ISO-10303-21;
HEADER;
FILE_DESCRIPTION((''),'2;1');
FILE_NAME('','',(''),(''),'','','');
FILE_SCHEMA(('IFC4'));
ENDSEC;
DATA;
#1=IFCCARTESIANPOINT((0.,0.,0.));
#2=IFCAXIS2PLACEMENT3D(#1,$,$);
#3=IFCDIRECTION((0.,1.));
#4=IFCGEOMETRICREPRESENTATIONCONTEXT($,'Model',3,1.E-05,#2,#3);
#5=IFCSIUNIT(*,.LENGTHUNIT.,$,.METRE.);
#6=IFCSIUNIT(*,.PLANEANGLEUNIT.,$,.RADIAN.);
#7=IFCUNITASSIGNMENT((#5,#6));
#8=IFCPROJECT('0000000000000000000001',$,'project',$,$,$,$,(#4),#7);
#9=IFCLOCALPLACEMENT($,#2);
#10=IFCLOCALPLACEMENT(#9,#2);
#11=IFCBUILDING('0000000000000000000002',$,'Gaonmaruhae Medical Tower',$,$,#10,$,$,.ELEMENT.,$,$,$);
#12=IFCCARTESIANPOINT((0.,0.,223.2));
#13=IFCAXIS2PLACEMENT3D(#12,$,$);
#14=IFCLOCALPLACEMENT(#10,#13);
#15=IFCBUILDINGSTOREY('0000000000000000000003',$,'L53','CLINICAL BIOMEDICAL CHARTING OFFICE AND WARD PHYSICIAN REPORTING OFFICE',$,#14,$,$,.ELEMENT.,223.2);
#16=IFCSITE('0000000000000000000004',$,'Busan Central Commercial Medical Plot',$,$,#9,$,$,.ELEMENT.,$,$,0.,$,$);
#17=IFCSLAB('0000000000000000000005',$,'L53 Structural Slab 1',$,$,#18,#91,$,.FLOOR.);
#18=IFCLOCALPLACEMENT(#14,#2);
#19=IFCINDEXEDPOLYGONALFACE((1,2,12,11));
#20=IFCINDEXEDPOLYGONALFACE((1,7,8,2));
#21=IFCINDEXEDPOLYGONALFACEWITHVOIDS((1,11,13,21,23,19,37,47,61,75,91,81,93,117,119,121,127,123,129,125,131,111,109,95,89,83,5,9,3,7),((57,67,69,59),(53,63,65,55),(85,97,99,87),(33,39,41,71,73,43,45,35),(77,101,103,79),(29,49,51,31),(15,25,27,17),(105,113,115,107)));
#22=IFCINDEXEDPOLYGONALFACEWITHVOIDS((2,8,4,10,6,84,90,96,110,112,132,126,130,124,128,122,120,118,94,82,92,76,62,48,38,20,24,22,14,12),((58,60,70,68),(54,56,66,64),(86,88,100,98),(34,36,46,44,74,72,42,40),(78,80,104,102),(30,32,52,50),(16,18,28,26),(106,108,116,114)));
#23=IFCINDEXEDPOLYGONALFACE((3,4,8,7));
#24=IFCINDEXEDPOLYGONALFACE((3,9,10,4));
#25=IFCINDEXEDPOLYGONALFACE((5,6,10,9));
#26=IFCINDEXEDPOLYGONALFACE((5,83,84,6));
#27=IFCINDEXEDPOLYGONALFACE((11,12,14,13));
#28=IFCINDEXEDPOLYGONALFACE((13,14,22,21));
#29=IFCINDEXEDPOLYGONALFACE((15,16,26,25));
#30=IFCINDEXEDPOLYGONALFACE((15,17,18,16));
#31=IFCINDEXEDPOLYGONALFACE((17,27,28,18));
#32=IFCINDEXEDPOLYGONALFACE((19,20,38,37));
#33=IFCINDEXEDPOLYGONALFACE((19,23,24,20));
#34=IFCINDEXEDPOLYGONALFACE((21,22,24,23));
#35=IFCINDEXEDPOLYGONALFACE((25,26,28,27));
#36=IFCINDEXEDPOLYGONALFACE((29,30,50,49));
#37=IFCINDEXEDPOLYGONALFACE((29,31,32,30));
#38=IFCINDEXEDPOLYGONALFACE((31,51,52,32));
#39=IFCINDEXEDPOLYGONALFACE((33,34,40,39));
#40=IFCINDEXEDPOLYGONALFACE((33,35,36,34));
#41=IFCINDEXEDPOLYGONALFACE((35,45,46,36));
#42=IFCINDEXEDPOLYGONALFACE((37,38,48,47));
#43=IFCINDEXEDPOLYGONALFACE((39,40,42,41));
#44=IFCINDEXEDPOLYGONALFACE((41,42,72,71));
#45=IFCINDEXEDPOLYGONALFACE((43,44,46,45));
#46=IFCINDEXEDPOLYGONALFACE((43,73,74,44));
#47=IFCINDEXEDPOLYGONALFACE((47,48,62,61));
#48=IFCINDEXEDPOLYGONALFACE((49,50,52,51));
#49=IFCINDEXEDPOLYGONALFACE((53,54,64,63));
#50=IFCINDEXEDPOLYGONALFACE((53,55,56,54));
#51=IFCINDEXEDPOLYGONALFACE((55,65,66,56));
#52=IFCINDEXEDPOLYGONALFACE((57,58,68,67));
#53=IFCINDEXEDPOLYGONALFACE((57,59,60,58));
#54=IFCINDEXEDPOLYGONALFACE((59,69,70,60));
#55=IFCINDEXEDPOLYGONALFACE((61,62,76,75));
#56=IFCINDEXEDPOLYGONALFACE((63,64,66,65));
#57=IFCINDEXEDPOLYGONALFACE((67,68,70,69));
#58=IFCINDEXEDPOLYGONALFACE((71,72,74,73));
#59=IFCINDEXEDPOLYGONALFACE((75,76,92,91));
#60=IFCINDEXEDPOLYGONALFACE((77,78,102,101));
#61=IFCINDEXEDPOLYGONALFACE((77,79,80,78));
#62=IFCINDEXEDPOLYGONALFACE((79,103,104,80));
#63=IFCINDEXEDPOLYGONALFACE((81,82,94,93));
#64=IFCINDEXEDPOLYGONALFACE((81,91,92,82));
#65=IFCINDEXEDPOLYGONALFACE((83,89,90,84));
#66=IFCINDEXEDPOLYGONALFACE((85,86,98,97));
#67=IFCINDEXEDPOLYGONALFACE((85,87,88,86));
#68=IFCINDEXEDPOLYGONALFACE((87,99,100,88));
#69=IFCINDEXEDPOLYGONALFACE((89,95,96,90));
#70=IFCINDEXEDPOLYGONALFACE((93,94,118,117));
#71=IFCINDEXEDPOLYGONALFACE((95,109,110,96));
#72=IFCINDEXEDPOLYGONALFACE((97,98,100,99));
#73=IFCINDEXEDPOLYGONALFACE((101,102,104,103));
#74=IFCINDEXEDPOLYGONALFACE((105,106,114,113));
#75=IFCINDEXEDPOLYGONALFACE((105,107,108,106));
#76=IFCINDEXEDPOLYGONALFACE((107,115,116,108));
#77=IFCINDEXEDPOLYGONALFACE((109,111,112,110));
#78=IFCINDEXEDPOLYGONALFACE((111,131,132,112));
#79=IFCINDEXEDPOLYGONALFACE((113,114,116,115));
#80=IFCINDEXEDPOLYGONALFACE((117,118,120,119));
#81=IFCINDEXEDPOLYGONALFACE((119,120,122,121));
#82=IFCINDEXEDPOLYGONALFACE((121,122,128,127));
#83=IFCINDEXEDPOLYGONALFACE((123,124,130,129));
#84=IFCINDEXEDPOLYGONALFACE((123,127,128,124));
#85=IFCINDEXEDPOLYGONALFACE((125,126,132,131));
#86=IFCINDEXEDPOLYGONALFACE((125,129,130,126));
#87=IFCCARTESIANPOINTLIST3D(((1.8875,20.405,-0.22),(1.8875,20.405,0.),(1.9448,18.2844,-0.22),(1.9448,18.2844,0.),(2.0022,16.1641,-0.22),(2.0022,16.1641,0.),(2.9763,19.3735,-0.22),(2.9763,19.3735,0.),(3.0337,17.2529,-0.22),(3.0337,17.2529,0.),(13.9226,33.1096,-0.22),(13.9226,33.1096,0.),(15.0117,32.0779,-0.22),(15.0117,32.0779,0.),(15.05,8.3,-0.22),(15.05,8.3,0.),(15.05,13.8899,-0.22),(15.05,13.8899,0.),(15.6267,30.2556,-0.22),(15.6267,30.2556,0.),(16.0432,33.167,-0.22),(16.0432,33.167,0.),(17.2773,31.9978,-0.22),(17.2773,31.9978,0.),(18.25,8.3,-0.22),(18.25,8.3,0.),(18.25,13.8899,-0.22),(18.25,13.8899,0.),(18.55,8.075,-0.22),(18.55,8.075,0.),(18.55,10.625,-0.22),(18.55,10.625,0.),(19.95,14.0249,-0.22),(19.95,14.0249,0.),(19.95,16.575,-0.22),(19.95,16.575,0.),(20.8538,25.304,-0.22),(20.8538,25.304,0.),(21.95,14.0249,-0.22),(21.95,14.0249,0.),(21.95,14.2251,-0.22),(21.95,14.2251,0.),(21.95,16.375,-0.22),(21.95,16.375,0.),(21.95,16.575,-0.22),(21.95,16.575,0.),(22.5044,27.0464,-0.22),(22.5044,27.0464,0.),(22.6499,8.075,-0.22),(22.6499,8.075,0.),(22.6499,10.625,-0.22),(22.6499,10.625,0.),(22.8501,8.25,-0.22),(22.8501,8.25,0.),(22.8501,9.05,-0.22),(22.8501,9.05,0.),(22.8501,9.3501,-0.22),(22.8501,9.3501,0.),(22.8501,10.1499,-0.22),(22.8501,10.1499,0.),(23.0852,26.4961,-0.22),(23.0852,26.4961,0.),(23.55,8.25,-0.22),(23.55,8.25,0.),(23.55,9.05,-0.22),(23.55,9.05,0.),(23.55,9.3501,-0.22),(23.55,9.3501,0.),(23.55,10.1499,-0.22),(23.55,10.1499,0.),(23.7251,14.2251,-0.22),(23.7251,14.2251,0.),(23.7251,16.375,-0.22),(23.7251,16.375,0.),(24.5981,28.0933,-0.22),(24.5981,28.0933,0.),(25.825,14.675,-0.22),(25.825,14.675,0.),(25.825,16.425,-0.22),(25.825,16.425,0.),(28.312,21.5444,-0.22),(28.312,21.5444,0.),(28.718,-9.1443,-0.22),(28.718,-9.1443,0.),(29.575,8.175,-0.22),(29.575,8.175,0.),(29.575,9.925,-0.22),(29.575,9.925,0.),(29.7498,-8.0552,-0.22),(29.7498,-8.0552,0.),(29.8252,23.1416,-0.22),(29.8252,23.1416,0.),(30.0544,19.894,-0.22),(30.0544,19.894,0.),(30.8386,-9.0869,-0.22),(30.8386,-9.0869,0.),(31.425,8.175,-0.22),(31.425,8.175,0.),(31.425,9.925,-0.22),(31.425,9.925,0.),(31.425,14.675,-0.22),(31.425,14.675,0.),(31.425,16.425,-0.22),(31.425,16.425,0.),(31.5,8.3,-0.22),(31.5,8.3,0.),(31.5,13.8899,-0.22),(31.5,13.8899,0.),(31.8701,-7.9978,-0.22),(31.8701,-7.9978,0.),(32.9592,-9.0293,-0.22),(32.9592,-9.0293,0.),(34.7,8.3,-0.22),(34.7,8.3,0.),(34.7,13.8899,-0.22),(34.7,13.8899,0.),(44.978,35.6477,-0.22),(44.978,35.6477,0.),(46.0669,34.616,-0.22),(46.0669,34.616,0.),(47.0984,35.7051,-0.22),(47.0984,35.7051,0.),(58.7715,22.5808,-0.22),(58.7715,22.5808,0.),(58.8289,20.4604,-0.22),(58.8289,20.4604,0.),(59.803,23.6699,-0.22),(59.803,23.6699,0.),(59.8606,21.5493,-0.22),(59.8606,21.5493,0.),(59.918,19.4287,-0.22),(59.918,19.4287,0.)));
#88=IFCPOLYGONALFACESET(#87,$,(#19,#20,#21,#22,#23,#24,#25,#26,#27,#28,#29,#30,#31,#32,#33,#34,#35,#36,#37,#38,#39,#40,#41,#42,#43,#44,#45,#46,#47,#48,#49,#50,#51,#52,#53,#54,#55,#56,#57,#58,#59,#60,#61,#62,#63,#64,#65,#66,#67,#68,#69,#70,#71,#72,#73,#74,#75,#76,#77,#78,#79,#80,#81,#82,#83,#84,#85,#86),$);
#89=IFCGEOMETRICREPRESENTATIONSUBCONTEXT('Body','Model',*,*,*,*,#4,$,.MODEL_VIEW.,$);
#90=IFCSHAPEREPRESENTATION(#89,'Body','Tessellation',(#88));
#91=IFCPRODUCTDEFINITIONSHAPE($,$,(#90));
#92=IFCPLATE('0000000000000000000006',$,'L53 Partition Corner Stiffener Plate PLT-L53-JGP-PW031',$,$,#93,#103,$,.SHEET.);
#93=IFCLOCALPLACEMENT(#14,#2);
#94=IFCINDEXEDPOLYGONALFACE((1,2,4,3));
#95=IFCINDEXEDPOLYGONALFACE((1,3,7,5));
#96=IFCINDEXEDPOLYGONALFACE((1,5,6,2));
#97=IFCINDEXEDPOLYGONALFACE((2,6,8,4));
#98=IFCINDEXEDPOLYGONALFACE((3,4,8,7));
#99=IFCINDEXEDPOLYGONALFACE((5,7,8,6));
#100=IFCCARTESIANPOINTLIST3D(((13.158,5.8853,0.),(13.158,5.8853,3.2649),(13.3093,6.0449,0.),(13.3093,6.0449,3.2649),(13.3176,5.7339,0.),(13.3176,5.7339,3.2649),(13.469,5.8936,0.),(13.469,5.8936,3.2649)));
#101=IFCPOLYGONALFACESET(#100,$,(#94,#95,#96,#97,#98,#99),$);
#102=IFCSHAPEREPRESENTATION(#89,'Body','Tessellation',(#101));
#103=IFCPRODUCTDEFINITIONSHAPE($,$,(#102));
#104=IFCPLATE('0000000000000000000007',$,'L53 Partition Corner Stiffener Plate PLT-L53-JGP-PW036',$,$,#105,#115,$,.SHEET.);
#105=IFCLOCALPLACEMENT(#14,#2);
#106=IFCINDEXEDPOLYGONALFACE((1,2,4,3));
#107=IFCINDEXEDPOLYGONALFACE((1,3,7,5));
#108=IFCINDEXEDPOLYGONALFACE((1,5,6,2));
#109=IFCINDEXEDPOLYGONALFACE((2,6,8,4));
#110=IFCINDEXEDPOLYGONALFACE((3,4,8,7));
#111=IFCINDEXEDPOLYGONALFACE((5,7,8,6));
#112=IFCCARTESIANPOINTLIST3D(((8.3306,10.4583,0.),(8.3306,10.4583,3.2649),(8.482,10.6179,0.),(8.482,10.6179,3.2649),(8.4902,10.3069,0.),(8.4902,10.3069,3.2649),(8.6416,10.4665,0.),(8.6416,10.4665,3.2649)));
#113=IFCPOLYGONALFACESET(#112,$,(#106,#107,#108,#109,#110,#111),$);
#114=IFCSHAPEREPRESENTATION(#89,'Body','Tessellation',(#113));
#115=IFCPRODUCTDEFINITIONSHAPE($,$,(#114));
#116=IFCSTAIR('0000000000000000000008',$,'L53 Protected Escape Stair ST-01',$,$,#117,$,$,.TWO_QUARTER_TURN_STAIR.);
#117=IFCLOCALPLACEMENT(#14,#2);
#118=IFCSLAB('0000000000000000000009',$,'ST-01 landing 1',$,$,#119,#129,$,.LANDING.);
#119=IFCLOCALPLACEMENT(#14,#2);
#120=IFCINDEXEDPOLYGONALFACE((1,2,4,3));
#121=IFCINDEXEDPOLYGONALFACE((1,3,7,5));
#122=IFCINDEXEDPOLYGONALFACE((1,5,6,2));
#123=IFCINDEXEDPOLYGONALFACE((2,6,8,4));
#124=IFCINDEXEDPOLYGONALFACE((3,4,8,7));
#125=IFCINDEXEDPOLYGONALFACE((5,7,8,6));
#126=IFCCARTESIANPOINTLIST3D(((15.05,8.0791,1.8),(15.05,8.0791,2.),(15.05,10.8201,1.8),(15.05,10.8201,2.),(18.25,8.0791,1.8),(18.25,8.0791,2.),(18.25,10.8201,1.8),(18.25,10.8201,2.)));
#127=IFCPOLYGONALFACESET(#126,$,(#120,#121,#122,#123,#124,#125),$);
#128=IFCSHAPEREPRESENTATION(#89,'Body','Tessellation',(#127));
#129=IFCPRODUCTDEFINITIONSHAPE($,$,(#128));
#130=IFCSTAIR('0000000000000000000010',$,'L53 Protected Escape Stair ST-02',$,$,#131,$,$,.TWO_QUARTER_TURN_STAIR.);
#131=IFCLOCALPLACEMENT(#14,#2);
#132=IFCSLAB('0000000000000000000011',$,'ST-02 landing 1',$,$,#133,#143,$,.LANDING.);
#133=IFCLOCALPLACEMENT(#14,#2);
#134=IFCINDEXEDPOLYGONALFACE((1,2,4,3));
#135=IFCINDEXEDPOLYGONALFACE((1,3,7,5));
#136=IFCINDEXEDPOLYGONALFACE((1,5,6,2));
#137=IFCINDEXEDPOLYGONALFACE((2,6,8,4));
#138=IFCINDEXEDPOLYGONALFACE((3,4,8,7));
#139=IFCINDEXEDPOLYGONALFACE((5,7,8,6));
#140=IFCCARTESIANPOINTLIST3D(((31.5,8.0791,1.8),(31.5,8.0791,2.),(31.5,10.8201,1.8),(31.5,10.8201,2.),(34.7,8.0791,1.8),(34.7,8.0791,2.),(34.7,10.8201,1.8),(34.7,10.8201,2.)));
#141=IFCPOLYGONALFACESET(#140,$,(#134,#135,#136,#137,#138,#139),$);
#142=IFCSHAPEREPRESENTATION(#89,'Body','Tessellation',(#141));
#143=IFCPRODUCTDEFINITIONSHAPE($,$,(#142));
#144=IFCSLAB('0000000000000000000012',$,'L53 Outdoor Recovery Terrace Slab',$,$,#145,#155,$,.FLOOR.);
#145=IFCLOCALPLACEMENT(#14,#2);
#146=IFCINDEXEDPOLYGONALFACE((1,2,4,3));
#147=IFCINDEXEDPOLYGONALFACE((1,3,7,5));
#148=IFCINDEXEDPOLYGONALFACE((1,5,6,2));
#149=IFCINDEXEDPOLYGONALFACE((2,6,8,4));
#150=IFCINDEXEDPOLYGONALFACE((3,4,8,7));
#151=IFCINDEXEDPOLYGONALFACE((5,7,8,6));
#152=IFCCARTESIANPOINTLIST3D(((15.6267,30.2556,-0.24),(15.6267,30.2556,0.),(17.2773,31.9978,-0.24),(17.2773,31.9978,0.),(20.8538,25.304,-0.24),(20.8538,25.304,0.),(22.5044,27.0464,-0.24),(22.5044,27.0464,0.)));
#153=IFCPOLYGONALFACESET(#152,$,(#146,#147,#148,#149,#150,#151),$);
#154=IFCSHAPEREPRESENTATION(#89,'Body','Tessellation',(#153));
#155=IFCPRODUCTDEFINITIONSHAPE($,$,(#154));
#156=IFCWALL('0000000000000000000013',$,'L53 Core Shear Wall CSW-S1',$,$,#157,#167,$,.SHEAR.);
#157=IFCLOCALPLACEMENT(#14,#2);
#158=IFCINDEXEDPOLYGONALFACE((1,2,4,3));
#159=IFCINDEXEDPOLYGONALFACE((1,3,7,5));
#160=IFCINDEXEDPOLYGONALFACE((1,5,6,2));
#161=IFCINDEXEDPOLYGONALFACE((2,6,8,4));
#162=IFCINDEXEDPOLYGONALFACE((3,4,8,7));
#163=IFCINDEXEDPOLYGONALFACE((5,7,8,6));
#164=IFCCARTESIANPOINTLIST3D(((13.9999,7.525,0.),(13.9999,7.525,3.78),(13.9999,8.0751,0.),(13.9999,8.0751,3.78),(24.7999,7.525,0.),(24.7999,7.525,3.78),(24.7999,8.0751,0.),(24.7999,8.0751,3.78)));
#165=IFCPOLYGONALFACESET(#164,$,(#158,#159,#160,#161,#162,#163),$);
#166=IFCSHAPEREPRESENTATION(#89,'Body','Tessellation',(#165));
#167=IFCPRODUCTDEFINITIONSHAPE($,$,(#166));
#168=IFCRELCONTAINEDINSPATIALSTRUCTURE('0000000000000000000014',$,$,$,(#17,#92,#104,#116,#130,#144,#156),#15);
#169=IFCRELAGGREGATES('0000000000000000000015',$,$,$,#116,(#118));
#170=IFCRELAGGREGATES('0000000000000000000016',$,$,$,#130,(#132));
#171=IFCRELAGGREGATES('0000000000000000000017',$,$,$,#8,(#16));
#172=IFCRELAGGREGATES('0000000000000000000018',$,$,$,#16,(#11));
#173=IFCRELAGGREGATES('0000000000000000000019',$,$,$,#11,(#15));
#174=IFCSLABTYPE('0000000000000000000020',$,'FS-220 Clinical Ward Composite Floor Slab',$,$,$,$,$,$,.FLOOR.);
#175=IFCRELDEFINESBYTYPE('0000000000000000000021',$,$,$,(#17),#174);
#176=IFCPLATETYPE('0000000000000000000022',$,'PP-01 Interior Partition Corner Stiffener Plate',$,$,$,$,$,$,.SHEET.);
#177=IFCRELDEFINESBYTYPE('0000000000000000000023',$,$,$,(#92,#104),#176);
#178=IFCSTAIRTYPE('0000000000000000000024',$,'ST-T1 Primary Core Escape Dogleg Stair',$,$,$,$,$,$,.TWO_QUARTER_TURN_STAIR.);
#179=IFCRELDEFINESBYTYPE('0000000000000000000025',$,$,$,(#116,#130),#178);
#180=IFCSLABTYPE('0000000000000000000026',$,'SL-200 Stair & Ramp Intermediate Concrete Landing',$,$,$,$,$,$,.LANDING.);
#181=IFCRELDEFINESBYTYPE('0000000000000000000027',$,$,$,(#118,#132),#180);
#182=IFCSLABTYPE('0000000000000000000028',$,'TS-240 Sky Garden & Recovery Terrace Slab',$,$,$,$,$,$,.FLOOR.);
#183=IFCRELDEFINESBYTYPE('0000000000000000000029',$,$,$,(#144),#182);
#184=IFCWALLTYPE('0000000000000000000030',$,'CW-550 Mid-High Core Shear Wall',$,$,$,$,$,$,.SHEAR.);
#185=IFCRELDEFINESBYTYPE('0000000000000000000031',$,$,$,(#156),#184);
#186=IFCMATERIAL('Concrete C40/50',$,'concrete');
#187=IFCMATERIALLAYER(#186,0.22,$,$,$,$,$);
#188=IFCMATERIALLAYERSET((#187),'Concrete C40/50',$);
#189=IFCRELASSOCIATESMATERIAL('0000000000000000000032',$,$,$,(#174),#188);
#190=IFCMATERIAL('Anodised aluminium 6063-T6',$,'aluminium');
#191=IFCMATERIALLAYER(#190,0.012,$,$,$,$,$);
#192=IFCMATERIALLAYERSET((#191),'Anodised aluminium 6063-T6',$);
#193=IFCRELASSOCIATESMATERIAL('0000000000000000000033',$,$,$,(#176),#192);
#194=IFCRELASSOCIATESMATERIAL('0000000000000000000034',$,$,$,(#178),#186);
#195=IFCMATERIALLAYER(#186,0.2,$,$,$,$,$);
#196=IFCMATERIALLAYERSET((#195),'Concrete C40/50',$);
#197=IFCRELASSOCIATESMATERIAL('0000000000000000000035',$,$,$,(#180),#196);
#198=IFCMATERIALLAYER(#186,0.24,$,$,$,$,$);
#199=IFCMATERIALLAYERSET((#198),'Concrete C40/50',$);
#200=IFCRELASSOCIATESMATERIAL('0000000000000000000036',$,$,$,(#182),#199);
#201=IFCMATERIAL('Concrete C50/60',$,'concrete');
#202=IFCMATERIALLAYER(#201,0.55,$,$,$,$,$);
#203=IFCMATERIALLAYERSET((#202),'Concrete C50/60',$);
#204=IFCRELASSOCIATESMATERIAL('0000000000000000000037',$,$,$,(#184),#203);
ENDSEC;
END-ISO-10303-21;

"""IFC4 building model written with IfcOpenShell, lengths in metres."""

from ifc_helpers import new_model, si_unit, direction, frame, frame_2d, origin, origin_2d, place, context, subcontext, project, spatial, polyline, rectangle, outline, extrude, material, layer, layer_set, type_object, element, aggregate, save


model = new_model("IFC4")

# Units and contexts
model_context = context("Model", 3, precision=1e-05, world=origin(), true_north=direction((0.0, 1.0)))
body_context = subcontext(model_context, "Body", "Model", "MODEL_VIEW")
ifc_project = project(units=[si_unit("LENGTHUNIT", "METRE"), si_unit("PLANEANGLEUNIT", "RADIAN")], contexts=[model_context])

# Site, building, storey
site_placement = place(None, origin())
site = spatial("IfcSite", under=ifc_project, at=site_placement, Name="Busan Central Commercial Medical Plot", CompositionType="ELEMENT", RefElevation=0.0)
building_placement = place(site_placement, origin())
building = spatial("IfcBuilding", under=site, at=building_placement, Name="Gaonmaruhae Medical Tower", CompositionType="ELEMENT")
storey_placement = place(building_placement, frame((0.0, 0.0, 223.2)))
storey = spatial("IfcBuildingStorey", under=building, at=storey_placement, Name="L53", Description="CLINICAL BIOMEDICAL CHARTING OFFICE AND WARD PHYSICIAN REPORTING OFFICE", CompositionType="ELEMENT", Elevation=223.2)

# Shared definitions
ifc_material_1 = material(Name="Concrete C50/60", Category="concrete")

# Slab
ifc_material_2 = material(Name="Concrete C40/50", Category="concrete")
ifc_layer_1 = layer(ifc_material_2, 0.22)
ifc_layer_set_1 = layer_set([ifc_layer_1], Name="Concrete C40/50")
slab_type_1 = type_object("IfcSlabType", Name="FS-220 Clinical Ward Composite Floor Slab", PredefinedType="FLOOR", material=ifc_layer_set_1)
slab_1_placement = place(storey_placement, frame((0.0, 0.0, -0.22)))
element("IfcSlab", 1, at=slab_1_placement, inside=storey, type_object=slab_type_1, Name="L53 Structural Slab 1", PredefinedType="FLOOR", context=body_context, shape_type="SweptSolid", body=[
    extrude(outline(polyline([(44.978, 35.6477), (46.0669, 34.616), (47.0984, 35.7051), (59.803, 23.6699), (58.7715, 22.5808), (59.8606, 21.5493), (58.8289, 20.4604), (59.918, 19.4287), (32.9592, -9.0293), (31.8701, -7.9978), (30.8386, -9.0869), (29.7498, -8.0552), (28.718, -9.1443), (2.0022, 16.1641), (3.0337, 17.2529), (1.9448, 18.2844), (2.9763, 19.3735), (1.8875, 20.405), (13.9226, 33.1096), (15.0117, 32.0779), (16.0432, 33.167), (17.2773, 31.9978), (15.6267, 30.2556), (20.8538, 25.304), (22.5044, 27.0464), (23.0852, 26.4961), (24.5981, 28.0933), (29.8252, 23.1416), (28.312, 21.5444), (30.0544, 19.894), (44.978, 35.6477)]), holes=[polyline([(23.55, 8.25), (22.8501, 8.25), (22.8501, 9.05), (23.55, 9.05), (23.55, 8.25)]), polyline([(31.425, 9.925), (31.425, 8.175), (29.575, 8.175), (29.575, 9.925), (31.425, 9.925)]), polyline([(22.6499, 10.625), (22.6499, 8.075), (18.55, 8.075), (18.55, 10.625), (22.6499, 10.625)]), polyline([(23.55, 9.3501), (22.8501, 9.3501), (22.8501, 10.1499), (23.55, 10.1499), (23.55, 9.3501)]), polyline([(15.05, 13.8899), (18.25, 13.8899), (18.25, 8.3), (15.05, 8.3), (15.05, 13.8899)]), polyline([(31.5, 13.8899), (34.7, 13.8899), (34.7, 8.3), (31.5, 8.3), (31.5, 13.8899)]), polyline([(21.95, 14.2251), (21.95, 14.0249), (19.95, 14.0249), (19.95, 16.575), (21.95, 16.575), (21.95, 16.375), (23.7251, 16.375), (23.7251, 14.2251), (21.95, 14.2251)]), polyline([(31.425, 16.425), (31.425, 14.675), (25.825, 14.675), (25.825, 16.425), (31.425, 16.425)])]), origin(), (0.0, 0.0, 1.0), 0.22),
])

# Plates
ifc_material_3 = material(Name="Anodised aluminium 6063-T6", Category="aluminium")
ifc_layer_2 = layer(ifc_material_3, 0.012)
ifc_layer_set_2 = layer_set([ifc_layer_2], Name="Anodised aluminium 6063-T6")
plate_type = type_object("IfcPlateType", Name="PP-01 Interior Partition Corner Stiffener Plate", PredefinedType="SHEET", material=ifc_layer_set_2)
for number, where, z_axis, x_axis, name in (
    (2, (13.3135, 5.8894, 0.0), (0.0, 0.0, 1.0), (-0.725723, 0.687987, 0.0), "L53 Partition Corner Stiffener Plate PLT-L53-JGP-PW031"),
    (3, (8.4861, 10.4624, 0.0), (0.0, 0.0, 1.0), (-0.725386, 0.688342, 0.0), "L53 Partition Corner Stiffener Plate PLT-L53-JGP-PW036"),
):
    element("IfcPlate", number, at=place(storey_placement, frame(where, z_axis=z_axis, x_axis=x_axis)), inside=storey, type_object=plate_type, Name=name, PredefinedType="SHEET", context=body_context, shape_type="SweptSolid", body=[
        extrude(rectangle(XDim=0.22, YDim=0.22, at=origin_2d()), origin(), (0.0, 0.0, 1.0), 3.2649),
    ])

# Stairs, slabs
stair_type = type_object("IfcStairType", Name="ST-T1 Primary Core Escape Dogleg Stair", PredefinedType="TWO_QUARTER_TURN_STAIR", material=ifc_material_2)
stair_1_placement = place(storey_placement, origin())
stair_1 = element("IfcStair", 4, at=stair_1_placement, inside=storey, type_object=stair_type, Name="L53 Protected Escape Stair ST-01", PredefinedType="TWO_QUARTER_TURN_STAIR")
ifc_layer_3 = layer(ifc_material_2, 0.2)
ifc_layer_set_3 = layer_set([ifc_layer_3], Name="Concrete C40/50")
slab_type_2 = type_object("IfcSlabType", Name="SL-200 Stair & Ramp Intermediate Concrete Landing", PredefinedType="LANDING", material=ifc_layer_set_3)
slab_2_placement = place(storey_placement, frame((0.0, 0.0, 1.8)))
slab_2 = element("IfcSlab", 5, at=slab_2_placement, type_object=slab_type_2, Name="ST-01 landing 1", PredefinedType="LANDING", context=body_context, shape_type="SweptSolid", body=[
    extrude(outline(polyline([(15.05, 10.8201), (15.05, 8.0791), (18.25, 8.0791), (18.25, 10.8201), (15.05, 10.8201)])), origin(), (0.0, 0.0, 1.0), 0.2),
])
aggregate(stair_1, [slab_2])
stair_2_placement = place(storey_placement, origin())
stair_2 = element("IfcStair", 6, at=stair_2_placement, inside=storey, type_object=stair_type, Name="L53 Protected Escape Stair ST-02", PredefinedType="TWO_QUARTER_TURN_STAIR")
slab_3_placement = place(storey_placement, frame((0.0, 0.0, 1.8)))
slab_3 = element("IfcSlab", 7, at=slab_3_placement, type_object=slab_type_2, Name="ST-02 landing 1", PredefinedType="LANDING", context=body_context, shape_type="SweptSolid", body=[
    extrude(outline(polyline([(31.5, 10.8201), (31.5, 8.0791), (34.7, 8.0791), (34.7, 10.8201), (31.5, 10.8201)])), origin(), (0.0, 0.0, 1.0), 0.2),
])
aggregate(stair_2, [slab_3])

# Slab
ifc_layer_4 = layer(ifc_material_2, 0.24)
ifc_layer_set_4 = layer_set([ifc_layer_4], Name="Concrete C40/50")
slab_type_3 = type_object("IfcSlabType", Name="TS-240 Sky Garden & Recovery Terrace Slab", PredefinedType="FLOOR", material=ifc_layer_set_4)
slab_4_placement = place(storey_placement, frame((0.0, 0.0, -0.24)))
element("IfcSlab", 8, at=slab_4_placement, inside=storey, type_object=slab_type_3, Name="L53 Outdoor Recovery Terrace Slab", PredefinedType="FLOOR", context=body_context, shape_type="SweptSolid", body=[
    extrude(outline(polyline([(20.8538, 25.304), (22.5044, 27.0464), (17.2773, 31.9978), (15.6267, 30.2556), (20.8538, 25.304)])), origin(), (0.0, 0.0, 1.0), 0.24),
])

# Wall
ifc_layer_5 = layer(ifc_material_1, 0.55)
ifc_layer_set_5 = layer_set([ifc_layer_5], Name="Concrete C50/60")
wall_type_1 = type_object("IfcWallType", Name="CW-550 Mid-High Core Shear Wall", PredefinedType="SHEAR", material=ifc_layer_set_5)
wall_1_placement = place(storey_placement, frame((14.0, 7.8, 0.0), z_axis=(0.0, 0.0, 1.0), x_axis=(1.0, 0.0, 0.0)))
element("IfcWall", 9, at=wall_1_placement, inside=storey, type_object=wall_type_1, Name="L53 Core Shear Wall CSW-S1", PredefinedType="SHEAR", context=body_context, shape_type="SweptSolid", body=[
    extrude(rectangle(XDim=10.8, YDim=0.55, at=frame_2d((5.3999, 0.0))), origin(), (0.0, 0.0, 1.0), 3.78),
])

save(model, "model.ifc")
